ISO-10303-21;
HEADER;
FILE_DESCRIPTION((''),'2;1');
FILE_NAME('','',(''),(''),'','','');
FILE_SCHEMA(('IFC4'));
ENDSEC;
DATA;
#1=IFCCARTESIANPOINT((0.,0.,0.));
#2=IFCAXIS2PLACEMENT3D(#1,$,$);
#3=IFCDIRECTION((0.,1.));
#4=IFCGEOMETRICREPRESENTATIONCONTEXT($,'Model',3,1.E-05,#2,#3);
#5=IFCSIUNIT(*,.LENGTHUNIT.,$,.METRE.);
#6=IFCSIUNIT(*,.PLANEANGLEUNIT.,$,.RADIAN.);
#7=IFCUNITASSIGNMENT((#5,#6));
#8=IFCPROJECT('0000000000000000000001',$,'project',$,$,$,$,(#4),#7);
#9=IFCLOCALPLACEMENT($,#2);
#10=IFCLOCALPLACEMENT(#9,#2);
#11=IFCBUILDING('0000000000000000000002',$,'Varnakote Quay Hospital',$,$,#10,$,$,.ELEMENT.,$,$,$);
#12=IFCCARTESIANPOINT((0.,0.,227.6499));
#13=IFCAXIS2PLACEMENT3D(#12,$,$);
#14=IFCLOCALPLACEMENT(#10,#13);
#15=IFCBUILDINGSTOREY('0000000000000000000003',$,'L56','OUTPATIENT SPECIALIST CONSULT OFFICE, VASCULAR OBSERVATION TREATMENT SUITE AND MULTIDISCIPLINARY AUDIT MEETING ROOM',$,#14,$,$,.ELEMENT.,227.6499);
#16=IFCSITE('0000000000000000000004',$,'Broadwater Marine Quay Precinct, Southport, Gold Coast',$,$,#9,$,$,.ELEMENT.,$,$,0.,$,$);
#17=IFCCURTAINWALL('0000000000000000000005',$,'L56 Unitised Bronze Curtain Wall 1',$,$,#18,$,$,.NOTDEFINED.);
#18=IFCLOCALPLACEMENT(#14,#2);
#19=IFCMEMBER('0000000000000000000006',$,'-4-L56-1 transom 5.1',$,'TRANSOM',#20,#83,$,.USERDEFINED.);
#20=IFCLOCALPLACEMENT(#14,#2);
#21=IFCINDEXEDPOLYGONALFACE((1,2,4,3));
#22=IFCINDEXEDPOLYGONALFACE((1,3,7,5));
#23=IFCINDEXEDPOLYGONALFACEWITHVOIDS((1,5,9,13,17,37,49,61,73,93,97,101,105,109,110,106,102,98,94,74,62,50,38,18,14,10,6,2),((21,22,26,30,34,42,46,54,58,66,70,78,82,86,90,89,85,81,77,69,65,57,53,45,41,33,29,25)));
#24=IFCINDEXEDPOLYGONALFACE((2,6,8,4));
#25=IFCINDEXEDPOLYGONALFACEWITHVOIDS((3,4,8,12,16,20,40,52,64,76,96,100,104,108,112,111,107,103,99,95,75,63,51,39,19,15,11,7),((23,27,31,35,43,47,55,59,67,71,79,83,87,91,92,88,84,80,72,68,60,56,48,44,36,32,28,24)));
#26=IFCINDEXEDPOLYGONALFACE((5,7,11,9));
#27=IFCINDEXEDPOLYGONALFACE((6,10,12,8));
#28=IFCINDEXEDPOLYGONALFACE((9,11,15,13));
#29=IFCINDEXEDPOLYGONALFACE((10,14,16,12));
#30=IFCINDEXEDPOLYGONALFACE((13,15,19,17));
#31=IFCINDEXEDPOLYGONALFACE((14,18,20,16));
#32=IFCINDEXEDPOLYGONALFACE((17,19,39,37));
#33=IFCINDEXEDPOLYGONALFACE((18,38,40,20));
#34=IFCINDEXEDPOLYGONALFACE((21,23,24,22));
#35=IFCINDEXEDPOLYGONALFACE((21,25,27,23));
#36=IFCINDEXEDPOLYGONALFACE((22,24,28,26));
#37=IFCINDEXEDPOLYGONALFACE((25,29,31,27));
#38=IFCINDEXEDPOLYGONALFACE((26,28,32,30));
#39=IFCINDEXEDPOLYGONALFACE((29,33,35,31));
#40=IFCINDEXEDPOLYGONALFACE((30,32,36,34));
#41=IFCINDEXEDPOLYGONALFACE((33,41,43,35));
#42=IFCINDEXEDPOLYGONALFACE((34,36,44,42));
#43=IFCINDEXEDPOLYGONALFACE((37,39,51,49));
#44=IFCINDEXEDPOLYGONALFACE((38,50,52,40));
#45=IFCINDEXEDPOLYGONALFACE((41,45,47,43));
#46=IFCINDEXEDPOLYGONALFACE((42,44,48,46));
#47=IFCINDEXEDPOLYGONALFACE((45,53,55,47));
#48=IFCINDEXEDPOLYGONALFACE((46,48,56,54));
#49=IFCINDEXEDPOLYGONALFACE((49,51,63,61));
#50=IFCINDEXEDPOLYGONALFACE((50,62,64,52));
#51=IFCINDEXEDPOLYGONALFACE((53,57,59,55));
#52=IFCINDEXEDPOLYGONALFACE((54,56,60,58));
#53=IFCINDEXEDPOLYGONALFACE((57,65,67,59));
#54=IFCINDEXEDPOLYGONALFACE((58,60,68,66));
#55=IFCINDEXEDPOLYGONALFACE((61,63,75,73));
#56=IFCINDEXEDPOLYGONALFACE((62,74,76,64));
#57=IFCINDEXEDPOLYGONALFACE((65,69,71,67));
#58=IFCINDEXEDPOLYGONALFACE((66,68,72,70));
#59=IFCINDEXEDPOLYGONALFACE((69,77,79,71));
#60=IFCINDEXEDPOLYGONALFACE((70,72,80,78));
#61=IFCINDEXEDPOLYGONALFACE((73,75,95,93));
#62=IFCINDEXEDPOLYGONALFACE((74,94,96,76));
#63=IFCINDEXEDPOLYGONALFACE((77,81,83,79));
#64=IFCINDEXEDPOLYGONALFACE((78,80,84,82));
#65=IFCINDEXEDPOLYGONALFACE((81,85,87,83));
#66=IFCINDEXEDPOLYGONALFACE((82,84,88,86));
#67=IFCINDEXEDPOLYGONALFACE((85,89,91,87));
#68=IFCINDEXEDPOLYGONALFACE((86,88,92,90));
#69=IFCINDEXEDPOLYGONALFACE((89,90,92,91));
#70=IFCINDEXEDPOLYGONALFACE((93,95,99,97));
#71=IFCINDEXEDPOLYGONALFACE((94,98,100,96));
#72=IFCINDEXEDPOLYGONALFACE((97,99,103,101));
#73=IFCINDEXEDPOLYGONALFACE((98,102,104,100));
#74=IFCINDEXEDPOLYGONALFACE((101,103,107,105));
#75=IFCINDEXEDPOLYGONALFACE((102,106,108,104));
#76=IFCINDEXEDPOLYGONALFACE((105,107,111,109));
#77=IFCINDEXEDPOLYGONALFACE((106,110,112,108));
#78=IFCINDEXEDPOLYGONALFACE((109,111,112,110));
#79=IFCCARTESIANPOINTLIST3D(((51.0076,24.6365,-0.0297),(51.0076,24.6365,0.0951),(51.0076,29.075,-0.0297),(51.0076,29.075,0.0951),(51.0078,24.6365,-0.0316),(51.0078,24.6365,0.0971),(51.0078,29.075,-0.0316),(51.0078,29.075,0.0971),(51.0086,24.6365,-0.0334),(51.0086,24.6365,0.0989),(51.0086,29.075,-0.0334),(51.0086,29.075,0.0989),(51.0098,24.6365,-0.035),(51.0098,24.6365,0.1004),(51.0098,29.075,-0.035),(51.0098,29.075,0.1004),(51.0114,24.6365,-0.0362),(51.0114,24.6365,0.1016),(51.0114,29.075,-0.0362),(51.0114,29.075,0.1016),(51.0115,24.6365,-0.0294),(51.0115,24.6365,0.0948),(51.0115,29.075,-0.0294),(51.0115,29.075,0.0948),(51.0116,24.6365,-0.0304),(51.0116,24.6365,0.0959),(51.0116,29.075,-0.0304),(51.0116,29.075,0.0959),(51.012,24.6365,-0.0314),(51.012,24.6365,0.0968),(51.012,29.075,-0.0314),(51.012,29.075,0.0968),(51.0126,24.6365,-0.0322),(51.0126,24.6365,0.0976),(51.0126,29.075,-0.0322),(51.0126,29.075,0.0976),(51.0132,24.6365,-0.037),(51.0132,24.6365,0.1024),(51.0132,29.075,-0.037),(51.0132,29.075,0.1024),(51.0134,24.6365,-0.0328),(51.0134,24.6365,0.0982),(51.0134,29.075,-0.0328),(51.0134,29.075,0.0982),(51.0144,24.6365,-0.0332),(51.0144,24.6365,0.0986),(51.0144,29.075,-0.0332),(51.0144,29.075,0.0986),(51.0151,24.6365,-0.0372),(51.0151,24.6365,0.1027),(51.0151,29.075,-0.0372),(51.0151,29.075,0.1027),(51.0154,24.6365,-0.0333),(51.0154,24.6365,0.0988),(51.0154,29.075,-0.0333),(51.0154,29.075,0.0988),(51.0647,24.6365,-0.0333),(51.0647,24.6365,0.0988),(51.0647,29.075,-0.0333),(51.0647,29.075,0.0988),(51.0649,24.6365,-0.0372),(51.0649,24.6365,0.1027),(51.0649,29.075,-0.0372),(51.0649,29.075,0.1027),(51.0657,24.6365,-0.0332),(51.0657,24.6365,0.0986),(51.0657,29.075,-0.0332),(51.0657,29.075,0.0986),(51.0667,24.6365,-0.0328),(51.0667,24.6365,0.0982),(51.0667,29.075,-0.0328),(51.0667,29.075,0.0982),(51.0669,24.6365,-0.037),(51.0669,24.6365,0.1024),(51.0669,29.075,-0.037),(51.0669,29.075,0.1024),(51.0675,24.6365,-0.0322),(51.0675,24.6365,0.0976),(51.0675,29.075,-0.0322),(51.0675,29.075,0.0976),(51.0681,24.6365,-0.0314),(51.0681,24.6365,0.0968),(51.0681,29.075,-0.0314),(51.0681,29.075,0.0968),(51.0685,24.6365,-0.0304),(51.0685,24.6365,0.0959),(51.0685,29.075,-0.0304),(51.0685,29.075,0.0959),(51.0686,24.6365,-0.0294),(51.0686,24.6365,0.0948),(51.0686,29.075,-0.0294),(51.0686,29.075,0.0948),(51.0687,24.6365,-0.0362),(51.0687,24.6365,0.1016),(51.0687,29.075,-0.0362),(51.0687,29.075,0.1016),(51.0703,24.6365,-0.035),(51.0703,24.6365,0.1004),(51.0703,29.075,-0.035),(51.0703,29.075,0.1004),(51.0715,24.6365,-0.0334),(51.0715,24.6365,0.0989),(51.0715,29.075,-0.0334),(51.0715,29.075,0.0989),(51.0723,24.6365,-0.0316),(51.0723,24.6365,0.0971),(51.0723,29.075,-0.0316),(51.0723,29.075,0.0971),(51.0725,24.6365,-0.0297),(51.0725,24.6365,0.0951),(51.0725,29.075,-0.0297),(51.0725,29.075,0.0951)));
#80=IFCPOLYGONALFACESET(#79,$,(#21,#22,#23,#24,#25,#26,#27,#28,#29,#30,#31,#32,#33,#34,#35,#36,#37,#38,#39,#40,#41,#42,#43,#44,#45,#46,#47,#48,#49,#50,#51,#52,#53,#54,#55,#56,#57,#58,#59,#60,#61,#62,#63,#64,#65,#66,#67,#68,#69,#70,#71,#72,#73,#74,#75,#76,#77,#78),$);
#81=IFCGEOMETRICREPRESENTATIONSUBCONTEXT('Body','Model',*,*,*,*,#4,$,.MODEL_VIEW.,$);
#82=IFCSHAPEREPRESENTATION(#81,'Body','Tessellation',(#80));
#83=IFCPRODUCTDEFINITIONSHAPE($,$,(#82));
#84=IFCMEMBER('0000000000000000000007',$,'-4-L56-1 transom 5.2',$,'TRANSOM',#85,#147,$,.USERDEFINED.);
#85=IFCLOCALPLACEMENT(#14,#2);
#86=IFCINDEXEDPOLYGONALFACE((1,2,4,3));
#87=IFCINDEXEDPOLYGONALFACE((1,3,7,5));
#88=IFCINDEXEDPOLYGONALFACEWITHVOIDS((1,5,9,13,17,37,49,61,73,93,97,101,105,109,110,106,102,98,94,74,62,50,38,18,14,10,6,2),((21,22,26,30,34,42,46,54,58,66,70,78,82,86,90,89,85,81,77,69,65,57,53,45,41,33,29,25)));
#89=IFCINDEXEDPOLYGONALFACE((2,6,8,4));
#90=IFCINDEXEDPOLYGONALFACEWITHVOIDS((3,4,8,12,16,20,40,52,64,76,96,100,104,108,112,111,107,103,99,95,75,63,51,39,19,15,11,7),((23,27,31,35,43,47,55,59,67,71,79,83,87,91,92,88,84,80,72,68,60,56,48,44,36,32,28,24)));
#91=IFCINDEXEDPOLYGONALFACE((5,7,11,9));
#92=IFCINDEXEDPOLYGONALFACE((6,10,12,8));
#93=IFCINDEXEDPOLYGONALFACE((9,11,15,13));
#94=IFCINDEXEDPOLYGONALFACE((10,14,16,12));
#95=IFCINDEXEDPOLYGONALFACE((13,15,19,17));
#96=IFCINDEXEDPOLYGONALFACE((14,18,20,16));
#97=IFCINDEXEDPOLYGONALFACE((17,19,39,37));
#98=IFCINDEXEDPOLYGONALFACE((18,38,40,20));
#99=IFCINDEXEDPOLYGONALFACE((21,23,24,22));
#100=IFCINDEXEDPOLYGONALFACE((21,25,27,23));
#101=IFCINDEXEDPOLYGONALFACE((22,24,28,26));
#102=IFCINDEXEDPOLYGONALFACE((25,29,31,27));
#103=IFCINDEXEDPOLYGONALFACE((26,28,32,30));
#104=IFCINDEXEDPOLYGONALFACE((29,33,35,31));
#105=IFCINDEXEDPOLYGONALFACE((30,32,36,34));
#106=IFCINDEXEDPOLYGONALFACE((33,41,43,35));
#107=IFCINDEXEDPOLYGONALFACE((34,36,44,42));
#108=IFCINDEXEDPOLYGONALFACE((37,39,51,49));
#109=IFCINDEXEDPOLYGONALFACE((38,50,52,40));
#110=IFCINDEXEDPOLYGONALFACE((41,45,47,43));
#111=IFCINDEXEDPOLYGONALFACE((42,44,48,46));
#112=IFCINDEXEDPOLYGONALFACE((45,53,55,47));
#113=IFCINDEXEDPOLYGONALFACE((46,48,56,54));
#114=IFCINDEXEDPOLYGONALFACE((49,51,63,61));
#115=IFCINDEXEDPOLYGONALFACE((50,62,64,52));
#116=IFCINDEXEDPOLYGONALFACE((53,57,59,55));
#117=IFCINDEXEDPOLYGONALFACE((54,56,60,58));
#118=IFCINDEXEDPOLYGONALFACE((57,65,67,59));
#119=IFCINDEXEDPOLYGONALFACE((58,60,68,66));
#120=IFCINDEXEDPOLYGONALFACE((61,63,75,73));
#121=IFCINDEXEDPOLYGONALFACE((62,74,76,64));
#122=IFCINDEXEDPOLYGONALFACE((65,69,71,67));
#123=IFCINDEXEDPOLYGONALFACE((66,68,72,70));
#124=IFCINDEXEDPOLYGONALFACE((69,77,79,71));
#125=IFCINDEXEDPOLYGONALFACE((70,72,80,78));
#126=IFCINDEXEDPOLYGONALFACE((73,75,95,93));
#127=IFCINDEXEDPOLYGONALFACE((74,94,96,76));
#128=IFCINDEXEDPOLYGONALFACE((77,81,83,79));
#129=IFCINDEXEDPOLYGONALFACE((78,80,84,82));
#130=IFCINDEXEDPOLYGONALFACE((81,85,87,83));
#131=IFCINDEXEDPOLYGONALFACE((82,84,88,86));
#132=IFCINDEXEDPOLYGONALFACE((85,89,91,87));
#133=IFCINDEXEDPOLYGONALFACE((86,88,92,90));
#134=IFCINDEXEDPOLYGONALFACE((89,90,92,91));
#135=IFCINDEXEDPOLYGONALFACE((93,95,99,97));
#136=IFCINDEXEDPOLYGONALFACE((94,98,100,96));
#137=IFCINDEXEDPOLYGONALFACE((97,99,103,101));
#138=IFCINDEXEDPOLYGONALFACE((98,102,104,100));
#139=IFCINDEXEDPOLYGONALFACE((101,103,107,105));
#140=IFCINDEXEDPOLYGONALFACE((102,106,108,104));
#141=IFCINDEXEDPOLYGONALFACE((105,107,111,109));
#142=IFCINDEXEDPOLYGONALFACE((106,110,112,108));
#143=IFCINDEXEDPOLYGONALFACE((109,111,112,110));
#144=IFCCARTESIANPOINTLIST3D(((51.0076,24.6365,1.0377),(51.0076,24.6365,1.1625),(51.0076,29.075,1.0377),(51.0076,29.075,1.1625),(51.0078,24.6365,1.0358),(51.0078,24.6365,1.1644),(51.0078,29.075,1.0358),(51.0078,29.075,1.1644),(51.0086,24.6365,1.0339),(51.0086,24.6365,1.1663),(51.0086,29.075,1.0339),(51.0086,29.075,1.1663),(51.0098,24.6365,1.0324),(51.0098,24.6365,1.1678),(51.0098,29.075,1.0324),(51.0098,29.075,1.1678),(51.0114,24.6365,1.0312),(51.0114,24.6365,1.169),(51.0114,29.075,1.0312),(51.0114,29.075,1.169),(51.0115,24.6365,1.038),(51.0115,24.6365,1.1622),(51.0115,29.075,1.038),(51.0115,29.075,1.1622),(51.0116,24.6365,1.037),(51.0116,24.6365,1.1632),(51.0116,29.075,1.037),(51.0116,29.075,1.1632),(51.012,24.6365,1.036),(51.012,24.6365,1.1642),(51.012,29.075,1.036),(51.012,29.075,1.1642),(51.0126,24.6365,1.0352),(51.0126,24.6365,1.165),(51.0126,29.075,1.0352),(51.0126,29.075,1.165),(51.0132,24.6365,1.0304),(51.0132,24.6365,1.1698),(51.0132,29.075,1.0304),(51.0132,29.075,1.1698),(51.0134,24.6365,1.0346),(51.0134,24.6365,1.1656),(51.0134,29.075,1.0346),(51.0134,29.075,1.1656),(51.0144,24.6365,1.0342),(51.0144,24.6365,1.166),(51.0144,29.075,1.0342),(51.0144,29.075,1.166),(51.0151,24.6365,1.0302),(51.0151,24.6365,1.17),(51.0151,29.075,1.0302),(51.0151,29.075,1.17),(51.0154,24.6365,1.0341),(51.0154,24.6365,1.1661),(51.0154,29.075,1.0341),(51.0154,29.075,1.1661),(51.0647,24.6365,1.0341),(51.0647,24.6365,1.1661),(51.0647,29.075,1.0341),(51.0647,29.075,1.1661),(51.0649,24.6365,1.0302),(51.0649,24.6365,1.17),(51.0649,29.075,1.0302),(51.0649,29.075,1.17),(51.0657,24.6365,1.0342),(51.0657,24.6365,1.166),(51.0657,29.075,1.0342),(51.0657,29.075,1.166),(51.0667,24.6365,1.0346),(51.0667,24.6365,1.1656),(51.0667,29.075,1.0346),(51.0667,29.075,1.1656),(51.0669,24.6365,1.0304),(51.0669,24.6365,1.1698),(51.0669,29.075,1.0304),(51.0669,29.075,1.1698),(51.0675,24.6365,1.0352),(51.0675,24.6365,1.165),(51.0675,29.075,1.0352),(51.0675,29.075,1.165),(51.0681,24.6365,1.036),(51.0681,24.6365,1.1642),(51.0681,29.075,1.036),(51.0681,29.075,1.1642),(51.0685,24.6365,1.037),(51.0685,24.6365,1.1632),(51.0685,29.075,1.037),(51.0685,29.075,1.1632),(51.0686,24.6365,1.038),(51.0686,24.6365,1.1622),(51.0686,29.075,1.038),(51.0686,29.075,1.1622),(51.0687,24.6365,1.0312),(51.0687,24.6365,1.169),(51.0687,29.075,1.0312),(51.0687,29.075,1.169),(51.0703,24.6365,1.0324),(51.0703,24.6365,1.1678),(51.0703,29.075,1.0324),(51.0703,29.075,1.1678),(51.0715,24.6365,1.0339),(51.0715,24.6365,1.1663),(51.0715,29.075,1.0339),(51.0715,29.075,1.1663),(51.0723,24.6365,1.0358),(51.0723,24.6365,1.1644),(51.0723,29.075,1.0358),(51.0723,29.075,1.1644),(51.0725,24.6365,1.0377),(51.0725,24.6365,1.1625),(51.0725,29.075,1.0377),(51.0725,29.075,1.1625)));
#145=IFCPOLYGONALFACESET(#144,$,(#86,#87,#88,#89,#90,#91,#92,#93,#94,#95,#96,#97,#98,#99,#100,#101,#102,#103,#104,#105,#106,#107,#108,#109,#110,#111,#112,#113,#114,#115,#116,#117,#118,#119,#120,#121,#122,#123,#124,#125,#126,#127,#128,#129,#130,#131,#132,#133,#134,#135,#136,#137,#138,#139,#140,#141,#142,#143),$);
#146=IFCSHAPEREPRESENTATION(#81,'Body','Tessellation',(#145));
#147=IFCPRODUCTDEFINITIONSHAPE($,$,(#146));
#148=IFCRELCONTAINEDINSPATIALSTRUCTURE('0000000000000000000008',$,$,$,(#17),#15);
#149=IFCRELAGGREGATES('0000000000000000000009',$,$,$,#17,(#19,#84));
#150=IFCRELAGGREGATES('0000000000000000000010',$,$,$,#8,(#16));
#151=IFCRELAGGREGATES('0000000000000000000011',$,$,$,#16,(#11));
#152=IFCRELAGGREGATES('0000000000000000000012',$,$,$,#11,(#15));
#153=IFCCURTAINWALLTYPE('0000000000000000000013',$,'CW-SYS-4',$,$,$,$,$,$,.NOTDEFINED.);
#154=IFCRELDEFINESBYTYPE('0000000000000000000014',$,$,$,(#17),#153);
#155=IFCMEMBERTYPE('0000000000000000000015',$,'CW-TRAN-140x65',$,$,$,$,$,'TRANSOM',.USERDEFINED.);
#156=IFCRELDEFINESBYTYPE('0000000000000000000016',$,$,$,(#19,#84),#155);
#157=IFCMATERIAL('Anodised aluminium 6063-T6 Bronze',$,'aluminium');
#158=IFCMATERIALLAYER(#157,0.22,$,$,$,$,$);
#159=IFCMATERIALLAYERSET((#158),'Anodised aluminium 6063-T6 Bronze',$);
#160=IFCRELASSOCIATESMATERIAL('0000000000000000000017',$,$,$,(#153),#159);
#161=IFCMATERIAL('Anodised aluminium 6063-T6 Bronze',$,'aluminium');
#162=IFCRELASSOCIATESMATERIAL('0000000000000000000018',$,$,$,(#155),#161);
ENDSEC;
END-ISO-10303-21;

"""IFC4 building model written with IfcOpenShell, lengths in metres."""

from ifc_helpers import new_model, si_unit, direction, frame, origin, origin_2d, place, context, subcontext, project, spatial, hollow_rectangle, extrude, material, layer, layer_set, material_profile, profile_set, type_object, element, aggregate, save


model = new_model("IFC4")

# Units and contexts
model_context = context("Model", 3, precision=1e-05, world=origin(), true_north=direction((0.0, 1.0)))
body_context = subcontext(model_context, "Body", "Model", "MODEL_VIEW")
ifc_project = project(units=[si_unit("LENGTHUNIT", "METRE"), si_unit("PLANEANGLEUNIT", "RADIAN")], contexts=[model_context])

# Site, building, storey
site_placement = place(None, origin())
site = spatial("IfcSite", under=ifc_project, at=site_placement, Name="Broadwater Marine Quay Precinct, Southport, Gold Coast", CompositionType="ELEMENT", RefElevation=0.0)
building_placement = place(site_placement, origin())
building = spatial("IfcBuilding", under=site, at=building_placement, Name="Varnakote Quay Hospital", CompositionType="ELEMENT")
storey_placement = place(building_placement, frame((0.0, 0.0, 227.6499)))
storey = spatial("IfcBuildingStorey", under=building, at=storey_placement, Name="L56", Description="OUTPATIENT SPECIALIST CONSULT OFFICE, VASCULAR OBSERVATION TREATMENT SUITE AND MULTIDISCIPLINARY AUDIT MEETING ROOM", CompositionType="ELEMENT", Elevation=227.6499)

# Curtain wall
ifc_material_1 = material(Name="Anodised aluminium 6063-T6 Bronze", Category="aluminium")
ifc_layer_1 = layer(ifc_material_1, 0.22)
ifc_layer_set_1 = layer_set([ifc_layer_1], Name="Anodised aluminium 6063-T6 Bronze")
curtain_wall_type = type_object("IfcCurtainWallType", Name="CW-SYS-4", PredefinedType="NOTDEFINED", material=ifc_layer_set_1)
curtain_wall_1_placement = place(storey_placement, origin())
curtain_wall_1 = element("IfcCurtainWall", 1, at=curtain_wall_1_placement, inside=storey, type_object=curtain_wall_type, Name="L56 Unitised Bronze Curtain Wall 1", PredefinedType="NOTDEFINED")

# Members
ifc_material_2 = material(Name="Anodised aluminium 6063-T6 Bronze", Category="aluminium")
ifc_material_profile_1 = material_profile(ifc_material_2, hollow_rectangle(XDim=0.0649, YDim=0.1399, WallThickness=0.0039, InnerFilletRadius=0.0039, OuterFilletRadius=0.0076, at=origin_2d()), Name="CW-TRAN-140x65")
ifc_profile_set_1 = profile_set([ifc_material_profile_1], Name="Anodised aluminium 6063-T6 Bronze")
member_type_1 = type_object("IfcMemberType", Name="CW-TRAN-140x65", ElementType="TRANSOM", PredefinedType="USERDEFINED", material=ifc_profile_set_1)
member_1_placement = place(storey_placement, frame((51.04, 24.6365, 0.0327), z_axis=(0.0, 1.0, 0.0), x_axis=(-1.0, 0.0, 0.0)))
member_1 = element("IfcMember", 2, at=member_1_placement, type_object=member_type_1, Name="-4-L56-1 transom 5.1", ObjectType="TRANSOM", PredefinedType="USERDEFINED", context=body_context, shape_type="SweptSolid", body=[
    extrude(hollow_rectangle(XDim=0.0649, YDim=0.1399, WallThickness=0.0039, InnerFilletRadius=0.0039, OuterFilletRadius=0.0076, at=origin_2d()), origin(), (0.0, 0.0, 1.0), 4.4385),
])
member_2_placement = place(storey_placement, frame((51.04, 24.6365, 1.1001), z_axis=(0.0, 1.0, 0.0), x_axis=(-1.0, 0.0, 0.0)))
member_2 = element("IfcMember", 3, at=member_2_placement, type_object=member_type_1, Name="-4-L56-1 transom 5.2", ObjectType="TRANSOM", PredefinedType="USERDEFINED", context=body_context, shape_type="SweptSolid", body=[
    extrude(hollow_rectangle(XDim=0.0649, YDim=0.1399, WallThickness=0.0039, InnerFilletRadius=0.0039, OuterFilletRadius=0.0076, at=origin_2d()), origin(), (0.0, 0.0, 1.0), 4.4385),
])

aggregate(curtain_wall_1, [member_1, member_2])

save(model, "model.ifc")
